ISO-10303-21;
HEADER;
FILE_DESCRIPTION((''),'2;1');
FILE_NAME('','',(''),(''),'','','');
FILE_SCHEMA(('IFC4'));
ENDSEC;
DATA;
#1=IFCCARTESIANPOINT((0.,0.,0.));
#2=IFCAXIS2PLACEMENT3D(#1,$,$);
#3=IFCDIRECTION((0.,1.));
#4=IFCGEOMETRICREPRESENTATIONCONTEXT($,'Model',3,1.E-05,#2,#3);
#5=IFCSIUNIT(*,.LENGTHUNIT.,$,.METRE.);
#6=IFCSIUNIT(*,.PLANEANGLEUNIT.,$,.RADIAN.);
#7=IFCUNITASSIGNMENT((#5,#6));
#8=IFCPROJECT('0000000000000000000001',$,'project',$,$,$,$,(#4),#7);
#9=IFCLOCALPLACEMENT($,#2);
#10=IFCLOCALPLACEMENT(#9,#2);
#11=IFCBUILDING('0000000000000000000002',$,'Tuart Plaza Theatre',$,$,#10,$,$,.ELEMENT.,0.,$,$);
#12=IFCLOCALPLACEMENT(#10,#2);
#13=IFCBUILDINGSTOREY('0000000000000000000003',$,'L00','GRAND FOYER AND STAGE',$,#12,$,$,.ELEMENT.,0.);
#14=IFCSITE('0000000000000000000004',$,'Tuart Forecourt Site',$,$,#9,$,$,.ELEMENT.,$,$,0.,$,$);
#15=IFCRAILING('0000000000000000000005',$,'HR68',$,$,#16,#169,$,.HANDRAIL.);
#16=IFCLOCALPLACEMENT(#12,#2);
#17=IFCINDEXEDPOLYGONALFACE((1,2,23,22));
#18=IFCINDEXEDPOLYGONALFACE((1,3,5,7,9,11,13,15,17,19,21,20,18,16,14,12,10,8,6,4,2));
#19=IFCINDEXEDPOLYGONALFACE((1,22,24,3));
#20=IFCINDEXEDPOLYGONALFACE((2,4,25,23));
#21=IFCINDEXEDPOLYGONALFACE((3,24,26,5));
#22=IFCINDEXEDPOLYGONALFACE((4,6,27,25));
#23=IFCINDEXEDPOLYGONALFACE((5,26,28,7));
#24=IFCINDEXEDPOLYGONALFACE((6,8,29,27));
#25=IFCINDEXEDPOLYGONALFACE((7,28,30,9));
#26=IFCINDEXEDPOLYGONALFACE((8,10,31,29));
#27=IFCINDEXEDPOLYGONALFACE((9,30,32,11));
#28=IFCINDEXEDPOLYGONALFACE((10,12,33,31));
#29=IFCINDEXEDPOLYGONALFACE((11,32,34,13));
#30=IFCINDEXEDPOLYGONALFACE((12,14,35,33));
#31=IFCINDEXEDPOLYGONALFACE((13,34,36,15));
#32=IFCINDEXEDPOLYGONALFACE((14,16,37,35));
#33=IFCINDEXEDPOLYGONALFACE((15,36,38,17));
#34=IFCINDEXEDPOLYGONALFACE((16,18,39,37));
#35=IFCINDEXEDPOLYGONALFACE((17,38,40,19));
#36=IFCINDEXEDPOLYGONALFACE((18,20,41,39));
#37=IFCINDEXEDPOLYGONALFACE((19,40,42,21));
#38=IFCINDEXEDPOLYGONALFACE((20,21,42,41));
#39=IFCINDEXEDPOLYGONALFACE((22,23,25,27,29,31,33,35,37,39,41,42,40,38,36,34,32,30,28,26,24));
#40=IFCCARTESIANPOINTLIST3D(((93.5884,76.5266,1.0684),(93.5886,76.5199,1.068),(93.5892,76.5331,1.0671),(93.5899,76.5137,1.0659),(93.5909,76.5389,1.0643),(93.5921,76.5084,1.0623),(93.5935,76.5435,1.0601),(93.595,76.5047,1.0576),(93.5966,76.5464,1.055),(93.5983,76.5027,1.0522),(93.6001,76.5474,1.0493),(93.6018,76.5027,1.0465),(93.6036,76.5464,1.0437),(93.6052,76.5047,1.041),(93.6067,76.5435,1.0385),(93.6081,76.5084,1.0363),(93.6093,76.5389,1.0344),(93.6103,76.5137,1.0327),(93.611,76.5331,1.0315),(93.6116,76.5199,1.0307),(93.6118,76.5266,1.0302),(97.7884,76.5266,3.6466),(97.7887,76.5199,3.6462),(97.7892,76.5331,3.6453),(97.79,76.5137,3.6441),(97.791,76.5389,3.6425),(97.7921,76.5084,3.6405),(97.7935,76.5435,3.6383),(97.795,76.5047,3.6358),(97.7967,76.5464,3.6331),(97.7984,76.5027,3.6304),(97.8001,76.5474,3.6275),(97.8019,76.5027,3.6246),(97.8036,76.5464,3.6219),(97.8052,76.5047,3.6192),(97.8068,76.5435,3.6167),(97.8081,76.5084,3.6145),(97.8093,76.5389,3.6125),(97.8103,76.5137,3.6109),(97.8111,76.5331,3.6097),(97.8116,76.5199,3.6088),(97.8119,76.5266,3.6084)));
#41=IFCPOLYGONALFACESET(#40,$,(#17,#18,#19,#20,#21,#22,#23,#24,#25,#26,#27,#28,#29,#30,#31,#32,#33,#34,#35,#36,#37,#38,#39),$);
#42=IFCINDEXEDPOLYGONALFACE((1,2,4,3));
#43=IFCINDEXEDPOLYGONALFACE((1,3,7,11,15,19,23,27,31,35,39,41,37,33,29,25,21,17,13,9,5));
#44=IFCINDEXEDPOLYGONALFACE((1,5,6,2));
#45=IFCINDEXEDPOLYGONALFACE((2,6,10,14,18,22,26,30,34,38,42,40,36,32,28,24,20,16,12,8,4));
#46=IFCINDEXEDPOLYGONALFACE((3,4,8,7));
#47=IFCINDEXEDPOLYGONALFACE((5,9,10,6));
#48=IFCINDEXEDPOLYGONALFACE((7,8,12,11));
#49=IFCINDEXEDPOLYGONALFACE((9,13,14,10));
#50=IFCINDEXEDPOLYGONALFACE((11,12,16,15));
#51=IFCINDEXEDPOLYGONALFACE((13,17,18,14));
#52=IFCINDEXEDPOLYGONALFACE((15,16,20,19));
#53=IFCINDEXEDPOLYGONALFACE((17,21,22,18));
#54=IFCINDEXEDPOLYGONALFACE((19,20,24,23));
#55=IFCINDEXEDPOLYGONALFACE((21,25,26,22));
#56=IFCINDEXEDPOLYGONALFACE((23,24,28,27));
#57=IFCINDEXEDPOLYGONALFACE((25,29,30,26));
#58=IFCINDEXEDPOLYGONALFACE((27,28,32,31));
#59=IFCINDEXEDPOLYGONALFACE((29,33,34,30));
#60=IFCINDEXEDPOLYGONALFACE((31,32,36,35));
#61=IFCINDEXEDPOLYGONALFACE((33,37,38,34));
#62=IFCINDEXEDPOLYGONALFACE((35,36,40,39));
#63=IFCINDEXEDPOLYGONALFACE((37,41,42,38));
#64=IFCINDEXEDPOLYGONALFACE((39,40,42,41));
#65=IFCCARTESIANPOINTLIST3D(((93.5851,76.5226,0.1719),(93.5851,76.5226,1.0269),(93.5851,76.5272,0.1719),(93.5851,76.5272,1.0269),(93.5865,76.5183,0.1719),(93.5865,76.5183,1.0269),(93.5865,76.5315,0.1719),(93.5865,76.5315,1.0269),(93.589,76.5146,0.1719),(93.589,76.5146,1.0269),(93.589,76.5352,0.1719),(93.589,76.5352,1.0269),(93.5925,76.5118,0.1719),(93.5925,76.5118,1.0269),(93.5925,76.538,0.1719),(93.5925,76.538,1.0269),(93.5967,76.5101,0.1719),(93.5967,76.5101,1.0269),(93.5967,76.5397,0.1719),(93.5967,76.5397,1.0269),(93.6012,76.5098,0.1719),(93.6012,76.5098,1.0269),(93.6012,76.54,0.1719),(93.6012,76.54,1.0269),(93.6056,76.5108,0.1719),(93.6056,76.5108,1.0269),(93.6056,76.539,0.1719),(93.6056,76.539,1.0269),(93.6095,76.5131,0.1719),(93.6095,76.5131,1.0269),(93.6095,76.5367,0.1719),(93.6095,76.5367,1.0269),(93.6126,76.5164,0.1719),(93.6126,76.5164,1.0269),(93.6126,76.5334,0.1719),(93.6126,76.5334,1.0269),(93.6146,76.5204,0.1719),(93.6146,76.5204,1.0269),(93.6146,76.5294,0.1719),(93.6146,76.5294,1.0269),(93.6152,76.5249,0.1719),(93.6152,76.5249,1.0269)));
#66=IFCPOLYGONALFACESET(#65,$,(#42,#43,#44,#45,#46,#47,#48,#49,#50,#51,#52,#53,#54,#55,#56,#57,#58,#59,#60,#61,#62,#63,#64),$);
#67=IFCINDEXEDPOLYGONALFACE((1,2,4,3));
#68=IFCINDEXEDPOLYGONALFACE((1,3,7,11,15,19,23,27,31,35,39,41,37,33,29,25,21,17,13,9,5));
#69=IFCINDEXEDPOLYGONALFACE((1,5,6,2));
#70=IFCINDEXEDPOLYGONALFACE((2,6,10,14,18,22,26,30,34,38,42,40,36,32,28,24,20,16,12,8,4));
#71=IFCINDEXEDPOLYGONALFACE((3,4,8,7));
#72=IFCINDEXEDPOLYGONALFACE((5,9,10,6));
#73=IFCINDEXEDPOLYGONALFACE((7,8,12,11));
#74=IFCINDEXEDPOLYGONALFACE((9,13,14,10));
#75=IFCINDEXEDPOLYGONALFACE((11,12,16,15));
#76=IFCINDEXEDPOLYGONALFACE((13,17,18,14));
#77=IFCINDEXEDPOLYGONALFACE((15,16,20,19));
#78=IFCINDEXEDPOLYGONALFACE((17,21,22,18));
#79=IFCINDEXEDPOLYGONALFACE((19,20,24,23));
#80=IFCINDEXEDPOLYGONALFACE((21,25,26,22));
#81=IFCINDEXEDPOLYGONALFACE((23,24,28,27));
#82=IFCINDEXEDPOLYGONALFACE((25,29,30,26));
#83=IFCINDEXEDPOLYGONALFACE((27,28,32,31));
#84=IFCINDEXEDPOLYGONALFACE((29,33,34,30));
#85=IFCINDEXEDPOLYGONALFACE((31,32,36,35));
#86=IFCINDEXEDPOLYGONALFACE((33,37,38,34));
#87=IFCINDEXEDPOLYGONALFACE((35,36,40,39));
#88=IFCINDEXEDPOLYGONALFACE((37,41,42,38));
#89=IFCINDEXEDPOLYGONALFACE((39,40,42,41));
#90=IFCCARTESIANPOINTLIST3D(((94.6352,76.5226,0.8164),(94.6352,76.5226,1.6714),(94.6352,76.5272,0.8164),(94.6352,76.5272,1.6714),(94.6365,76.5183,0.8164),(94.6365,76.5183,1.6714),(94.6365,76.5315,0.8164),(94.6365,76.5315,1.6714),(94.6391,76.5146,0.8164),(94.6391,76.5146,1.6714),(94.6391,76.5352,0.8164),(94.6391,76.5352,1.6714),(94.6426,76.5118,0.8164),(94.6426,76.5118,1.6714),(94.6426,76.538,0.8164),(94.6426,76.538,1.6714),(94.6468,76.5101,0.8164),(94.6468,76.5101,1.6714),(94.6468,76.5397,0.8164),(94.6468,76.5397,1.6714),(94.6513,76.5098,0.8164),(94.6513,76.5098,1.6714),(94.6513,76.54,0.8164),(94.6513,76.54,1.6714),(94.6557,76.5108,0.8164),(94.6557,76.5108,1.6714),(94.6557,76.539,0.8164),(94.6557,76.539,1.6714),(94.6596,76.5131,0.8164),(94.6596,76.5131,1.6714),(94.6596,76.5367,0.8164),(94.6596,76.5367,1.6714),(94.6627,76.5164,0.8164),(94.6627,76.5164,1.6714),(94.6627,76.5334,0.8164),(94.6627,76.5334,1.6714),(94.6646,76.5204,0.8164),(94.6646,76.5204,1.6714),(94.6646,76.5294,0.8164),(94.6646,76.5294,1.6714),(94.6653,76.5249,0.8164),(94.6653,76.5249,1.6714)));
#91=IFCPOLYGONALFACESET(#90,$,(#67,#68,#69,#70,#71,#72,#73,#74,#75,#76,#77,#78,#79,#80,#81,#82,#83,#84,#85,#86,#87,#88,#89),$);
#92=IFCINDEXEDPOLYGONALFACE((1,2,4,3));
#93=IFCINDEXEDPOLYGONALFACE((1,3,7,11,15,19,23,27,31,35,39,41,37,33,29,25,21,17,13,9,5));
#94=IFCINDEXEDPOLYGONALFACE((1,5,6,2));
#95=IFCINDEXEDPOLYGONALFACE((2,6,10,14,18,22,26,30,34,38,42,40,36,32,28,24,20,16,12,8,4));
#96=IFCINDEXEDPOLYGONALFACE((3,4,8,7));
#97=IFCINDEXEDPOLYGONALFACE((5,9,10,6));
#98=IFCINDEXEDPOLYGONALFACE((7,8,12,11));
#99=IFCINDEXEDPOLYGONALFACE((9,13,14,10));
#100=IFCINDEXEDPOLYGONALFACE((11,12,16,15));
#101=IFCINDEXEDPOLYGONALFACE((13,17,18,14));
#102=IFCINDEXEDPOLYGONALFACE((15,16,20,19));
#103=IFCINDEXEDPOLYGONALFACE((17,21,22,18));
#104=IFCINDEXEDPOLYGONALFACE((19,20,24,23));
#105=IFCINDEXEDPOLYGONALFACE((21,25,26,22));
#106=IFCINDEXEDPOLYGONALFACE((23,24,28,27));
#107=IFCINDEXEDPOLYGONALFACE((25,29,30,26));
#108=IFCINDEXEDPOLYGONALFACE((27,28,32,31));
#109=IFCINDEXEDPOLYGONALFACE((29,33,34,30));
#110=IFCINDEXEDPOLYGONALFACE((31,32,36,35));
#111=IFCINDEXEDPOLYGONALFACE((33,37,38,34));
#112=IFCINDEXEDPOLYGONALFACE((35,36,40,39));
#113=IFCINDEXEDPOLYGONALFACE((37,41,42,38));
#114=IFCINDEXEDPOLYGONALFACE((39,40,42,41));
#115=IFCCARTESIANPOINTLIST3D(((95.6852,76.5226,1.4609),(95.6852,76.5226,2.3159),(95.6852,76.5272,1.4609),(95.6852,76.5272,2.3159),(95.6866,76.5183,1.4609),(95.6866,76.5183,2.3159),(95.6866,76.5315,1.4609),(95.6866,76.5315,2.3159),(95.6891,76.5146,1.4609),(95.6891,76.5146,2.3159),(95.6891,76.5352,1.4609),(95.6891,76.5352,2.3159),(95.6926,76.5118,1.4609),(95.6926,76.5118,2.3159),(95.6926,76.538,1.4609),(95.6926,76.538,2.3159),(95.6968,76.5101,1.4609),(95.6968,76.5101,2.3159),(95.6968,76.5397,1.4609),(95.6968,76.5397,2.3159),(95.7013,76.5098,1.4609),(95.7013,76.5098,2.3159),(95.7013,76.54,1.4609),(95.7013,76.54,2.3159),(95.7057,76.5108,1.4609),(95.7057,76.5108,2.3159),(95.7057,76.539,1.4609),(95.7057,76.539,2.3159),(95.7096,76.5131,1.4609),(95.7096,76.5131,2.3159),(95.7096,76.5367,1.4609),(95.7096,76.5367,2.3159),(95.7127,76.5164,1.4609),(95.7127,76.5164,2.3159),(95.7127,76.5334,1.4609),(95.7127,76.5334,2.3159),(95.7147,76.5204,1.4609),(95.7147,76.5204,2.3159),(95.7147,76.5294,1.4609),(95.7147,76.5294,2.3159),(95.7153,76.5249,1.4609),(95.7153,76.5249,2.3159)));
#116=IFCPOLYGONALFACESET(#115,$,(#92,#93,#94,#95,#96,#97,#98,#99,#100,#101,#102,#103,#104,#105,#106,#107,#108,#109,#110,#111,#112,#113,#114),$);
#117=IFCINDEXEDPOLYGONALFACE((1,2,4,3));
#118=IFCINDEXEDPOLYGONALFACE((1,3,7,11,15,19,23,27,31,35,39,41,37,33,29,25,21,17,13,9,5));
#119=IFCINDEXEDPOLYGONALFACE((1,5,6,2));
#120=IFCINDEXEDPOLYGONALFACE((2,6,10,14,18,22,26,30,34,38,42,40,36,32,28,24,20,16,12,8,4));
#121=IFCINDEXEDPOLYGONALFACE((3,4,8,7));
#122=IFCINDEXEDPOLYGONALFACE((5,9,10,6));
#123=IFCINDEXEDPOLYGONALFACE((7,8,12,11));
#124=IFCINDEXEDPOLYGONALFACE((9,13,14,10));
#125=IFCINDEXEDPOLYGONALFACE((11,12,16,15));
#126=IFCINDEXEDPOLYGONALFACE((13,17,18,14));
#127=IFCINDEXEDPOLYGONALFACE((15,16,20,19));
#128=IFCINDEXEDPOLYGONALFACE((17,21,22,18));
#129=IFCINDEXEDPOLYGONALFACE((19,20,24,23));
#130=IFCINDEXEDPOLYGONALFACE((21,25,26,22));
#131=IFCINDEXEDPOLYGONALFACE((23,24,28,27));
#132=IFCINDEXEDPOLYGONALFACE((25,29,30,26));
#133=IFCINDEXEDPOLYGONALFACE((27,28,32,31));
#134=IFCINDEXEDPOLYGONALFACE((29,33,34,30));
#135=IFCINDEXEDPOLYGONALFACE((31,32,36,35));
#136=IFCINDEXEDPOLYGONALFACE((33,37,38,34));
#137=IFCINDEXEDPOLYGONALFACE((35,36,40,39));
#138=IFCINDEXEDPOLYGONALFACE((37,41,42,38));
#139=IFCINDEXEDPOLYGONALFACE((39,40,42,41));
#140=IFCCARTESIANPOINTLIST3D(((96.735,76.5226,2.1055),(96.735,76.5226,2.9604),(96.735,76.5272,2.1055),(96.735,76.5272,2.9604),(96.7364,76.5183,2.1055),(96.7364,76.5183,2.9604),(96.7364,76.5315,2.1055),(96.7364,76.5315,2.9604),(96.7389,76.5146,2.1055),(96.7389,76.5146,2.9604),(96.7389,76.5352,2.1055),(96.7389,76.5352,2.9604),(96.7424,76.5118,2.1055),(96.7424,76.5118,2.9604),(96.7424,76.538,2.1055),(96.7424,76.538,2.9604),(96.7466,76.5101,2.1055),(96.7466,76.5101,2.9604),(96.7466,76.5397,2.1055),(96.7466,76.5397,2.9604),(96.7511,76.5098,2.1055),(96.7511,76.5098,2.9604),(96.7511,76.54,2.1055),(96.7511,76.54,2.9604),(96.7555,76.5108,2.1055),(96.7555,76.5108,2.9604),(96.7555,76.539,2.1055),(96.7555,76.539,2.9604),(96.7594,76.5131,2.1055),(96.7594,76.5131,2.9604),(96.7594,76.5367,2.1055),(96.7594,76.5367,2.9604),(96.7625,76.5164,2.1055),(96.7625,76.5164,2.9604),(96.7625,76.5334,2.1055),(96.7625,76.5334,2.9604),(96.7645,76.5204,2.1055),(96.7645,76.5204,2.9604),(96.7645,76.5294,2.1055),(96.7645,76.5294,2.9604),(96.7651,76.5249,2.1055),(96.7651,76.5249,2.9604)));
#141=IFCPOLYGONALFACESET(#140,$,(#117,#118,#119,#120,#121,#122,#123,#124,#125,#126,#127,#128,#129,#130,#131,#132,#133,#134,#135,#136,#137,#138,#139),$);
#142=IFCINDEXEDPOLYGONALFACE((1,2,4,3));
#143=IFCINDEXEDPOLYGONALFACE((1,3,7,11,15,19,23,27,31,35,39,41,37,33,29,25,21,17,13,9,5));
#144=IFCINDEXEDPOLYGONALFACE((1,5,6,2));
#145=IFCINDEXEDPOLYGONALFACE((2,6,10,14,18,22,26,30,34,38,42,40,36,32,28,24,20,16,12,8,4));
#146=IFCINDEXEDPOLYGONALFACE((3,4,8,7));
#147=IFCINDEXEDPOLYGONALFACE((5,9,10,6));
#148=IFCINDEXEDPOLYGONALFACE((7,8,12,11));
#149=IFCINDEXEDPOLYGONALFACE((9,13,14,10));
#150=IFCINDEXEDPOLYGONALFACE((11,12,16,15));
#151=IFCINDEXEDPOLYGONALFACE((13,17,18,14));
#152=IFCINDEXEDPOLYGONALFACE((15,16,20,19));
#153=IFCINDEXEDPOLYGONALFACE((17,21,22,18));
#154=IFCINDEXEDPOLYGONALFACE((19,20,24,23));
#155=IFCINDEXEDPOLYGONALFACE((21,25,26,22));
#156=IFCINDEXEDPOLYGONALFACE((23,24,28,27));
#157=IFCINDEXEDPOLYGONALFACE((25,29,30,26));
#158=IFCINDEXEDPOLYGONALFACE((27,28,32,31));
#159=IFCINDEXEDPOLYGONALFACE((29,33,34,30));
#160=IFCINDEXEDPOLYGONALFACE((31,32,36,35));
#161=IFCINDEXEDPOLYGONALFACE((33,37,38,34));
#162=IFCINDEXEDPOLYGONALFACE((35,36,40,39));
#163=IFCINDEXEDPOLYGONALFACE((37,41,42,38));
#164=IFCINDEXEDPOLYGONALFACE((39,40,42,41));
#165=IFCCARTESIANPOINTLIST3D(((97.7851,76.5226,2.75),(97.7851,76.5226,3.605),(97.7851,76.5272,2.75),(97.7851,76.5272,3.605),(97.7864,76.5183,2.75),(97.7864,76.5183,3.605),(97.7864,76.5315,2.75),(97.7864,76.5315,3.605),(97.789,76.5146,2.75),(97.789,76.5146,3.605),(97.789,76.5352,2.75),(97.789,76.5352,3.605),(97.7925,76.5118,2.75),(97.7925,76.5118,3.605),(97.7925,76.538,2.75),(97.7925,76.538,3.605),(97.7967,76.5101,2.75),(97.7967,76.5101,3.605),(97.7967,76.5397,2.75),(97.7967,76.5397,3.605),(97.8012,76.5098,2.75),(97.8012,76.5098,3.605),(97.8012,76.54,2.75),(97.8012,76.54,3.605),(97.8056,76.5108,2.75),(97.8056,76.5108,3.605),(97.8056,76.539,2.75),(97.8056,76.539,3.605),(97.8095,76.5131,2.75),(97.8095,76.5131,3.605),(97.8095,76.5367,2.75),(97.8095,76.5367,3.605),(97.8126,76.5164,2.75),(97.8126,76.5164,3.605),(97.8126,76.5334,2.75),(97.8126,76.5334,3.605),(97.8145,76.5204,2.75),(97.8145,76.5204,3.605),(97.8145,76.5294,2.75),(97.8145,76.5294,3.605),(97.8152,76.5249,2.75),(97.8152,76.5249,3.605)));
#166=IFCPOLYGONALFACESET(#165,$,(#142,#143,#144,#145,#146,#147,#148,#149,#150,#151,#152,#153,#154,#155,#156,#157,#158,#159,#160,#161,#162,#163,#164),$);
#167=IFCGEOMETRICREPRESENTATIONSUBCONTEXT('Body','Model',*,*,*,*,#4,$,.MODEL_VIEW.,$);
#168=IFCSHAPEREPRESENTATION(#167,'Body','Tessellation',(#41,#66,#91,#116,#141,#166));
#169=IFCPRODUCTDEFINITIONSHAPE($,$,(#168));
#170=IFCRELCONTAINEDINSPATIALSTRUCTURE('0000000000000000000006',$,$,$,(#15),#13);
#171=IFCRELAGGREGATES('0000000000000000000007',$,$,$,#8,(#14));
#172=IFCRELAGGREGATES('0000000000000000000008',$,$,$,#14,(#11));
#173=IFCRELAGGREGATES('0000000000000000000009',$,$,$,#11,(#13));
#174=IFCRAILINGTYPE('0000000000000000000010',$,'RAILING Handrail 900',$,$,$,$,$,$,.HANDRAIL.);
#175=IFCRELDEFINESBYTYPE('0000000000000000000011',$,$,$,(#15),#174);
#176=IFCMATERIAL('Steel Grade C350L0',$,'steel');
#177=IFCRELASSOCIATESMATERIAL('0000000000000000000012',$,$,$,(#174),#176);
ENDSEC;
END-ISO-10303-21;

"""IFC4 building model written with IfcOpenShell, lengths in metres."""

from ifc_helpers import new_model, si_unit, direction, frame, origin, origin_2d, place, context, subcontext, project, spatial, circle, extrude, material, type_object, element, save


model = new_model("IFC4")

# Units and contexts
model_context = context("Model", 3, precision=1e-05, world=origin(), true_north=direction((0.0, 1.0)))
body_context = subcontext(model_context, "Body", "Model", "MODEL_VIEW")
ifc_project = project(units=[si_unit("LENGTHUNIT", "METRE"), si_unit("PLANEANGLEUNIT", "RADIAN")], contexts=[model_context])

# Site, building, storey
site_placement = place(None, origin())
site = spatial("IfcSite", under=ifc_project, at=site_placement, Name="Tuart Forecourt Site", CompositionType="ELEMENT", RefElevation=0.0)
building_placement = place(site_placement, origin())
building = spatial("IfcBuilding", under=site, at=building_placement, Name="Tuart Plaza Theatre", CompositionType="ELEMENT", ElevationOfRefHeight=0.0)
storey_placement = place(building_placement, origin())
storey = spatial("IfcBuildingStorey", under=building, at=storey_placement, Name="L00", Description="GRAND FOYER AND STAGE", CompositionType="ELEMENT", Elevation=0.0)

# Railing
ifc_material_1 = material(Name="Steel Grade C350L0", Category="steel")
railing_type_1 = type_object("IfcRailingType", Name="RAILING Handrail 900", PredefinedType="HANDRAIL", material=ifc_material_1)
railing_1_placement = place(storey_placement, frame((93.6001, 76.5249, 0.1719)))
element("IfcRailing", 1, at=railing_1_placement, inside=storey, type_object=railing_type_1, Name="HR68", PredefinedType="HANDRAIL", context=body_context, shape_type="SweptSolid", body=[
    extrude(circle(Radius=0.0225, at=origin_2d()), frame((0.0, 0.0, 0.8774), z_axis=(0.852243, 0.0, 0.523146), x_axis=(0.0, 1.0, 0.0)), (0.0, 0.0, 1.0), 4.9282),
    extrude(circle(Radius=0.0151, at=origin_2d()), origin(), (0.0, 0.0, 1.0), 0.855),
    extrude(circle(Radius=0.0151, at=origin_2d()), frame((1.05, 0.0, 0.6445)), (0.0, 0.0, 1.0), 0.855),
    extrude(circle(Radius=0.0151, at=origin_2d()), frame((2.1001, 0.0, 1.2891)), (0.0, 0.0, 1.0), 0.855),
    extrude(circle(Radius=0.0151, at=origin_2d()), frame((3.1499, 0.0, 1.9336)), (0.0, 0.0, 1.0), 0.855),
    extrude(circle(Radius=0.0151, at=origin_2d()), frame((4.2, 0.0, 2.5781)), (0.0, 0.0, 1.0), 0.855),
])

save(model, "model.ifc")
